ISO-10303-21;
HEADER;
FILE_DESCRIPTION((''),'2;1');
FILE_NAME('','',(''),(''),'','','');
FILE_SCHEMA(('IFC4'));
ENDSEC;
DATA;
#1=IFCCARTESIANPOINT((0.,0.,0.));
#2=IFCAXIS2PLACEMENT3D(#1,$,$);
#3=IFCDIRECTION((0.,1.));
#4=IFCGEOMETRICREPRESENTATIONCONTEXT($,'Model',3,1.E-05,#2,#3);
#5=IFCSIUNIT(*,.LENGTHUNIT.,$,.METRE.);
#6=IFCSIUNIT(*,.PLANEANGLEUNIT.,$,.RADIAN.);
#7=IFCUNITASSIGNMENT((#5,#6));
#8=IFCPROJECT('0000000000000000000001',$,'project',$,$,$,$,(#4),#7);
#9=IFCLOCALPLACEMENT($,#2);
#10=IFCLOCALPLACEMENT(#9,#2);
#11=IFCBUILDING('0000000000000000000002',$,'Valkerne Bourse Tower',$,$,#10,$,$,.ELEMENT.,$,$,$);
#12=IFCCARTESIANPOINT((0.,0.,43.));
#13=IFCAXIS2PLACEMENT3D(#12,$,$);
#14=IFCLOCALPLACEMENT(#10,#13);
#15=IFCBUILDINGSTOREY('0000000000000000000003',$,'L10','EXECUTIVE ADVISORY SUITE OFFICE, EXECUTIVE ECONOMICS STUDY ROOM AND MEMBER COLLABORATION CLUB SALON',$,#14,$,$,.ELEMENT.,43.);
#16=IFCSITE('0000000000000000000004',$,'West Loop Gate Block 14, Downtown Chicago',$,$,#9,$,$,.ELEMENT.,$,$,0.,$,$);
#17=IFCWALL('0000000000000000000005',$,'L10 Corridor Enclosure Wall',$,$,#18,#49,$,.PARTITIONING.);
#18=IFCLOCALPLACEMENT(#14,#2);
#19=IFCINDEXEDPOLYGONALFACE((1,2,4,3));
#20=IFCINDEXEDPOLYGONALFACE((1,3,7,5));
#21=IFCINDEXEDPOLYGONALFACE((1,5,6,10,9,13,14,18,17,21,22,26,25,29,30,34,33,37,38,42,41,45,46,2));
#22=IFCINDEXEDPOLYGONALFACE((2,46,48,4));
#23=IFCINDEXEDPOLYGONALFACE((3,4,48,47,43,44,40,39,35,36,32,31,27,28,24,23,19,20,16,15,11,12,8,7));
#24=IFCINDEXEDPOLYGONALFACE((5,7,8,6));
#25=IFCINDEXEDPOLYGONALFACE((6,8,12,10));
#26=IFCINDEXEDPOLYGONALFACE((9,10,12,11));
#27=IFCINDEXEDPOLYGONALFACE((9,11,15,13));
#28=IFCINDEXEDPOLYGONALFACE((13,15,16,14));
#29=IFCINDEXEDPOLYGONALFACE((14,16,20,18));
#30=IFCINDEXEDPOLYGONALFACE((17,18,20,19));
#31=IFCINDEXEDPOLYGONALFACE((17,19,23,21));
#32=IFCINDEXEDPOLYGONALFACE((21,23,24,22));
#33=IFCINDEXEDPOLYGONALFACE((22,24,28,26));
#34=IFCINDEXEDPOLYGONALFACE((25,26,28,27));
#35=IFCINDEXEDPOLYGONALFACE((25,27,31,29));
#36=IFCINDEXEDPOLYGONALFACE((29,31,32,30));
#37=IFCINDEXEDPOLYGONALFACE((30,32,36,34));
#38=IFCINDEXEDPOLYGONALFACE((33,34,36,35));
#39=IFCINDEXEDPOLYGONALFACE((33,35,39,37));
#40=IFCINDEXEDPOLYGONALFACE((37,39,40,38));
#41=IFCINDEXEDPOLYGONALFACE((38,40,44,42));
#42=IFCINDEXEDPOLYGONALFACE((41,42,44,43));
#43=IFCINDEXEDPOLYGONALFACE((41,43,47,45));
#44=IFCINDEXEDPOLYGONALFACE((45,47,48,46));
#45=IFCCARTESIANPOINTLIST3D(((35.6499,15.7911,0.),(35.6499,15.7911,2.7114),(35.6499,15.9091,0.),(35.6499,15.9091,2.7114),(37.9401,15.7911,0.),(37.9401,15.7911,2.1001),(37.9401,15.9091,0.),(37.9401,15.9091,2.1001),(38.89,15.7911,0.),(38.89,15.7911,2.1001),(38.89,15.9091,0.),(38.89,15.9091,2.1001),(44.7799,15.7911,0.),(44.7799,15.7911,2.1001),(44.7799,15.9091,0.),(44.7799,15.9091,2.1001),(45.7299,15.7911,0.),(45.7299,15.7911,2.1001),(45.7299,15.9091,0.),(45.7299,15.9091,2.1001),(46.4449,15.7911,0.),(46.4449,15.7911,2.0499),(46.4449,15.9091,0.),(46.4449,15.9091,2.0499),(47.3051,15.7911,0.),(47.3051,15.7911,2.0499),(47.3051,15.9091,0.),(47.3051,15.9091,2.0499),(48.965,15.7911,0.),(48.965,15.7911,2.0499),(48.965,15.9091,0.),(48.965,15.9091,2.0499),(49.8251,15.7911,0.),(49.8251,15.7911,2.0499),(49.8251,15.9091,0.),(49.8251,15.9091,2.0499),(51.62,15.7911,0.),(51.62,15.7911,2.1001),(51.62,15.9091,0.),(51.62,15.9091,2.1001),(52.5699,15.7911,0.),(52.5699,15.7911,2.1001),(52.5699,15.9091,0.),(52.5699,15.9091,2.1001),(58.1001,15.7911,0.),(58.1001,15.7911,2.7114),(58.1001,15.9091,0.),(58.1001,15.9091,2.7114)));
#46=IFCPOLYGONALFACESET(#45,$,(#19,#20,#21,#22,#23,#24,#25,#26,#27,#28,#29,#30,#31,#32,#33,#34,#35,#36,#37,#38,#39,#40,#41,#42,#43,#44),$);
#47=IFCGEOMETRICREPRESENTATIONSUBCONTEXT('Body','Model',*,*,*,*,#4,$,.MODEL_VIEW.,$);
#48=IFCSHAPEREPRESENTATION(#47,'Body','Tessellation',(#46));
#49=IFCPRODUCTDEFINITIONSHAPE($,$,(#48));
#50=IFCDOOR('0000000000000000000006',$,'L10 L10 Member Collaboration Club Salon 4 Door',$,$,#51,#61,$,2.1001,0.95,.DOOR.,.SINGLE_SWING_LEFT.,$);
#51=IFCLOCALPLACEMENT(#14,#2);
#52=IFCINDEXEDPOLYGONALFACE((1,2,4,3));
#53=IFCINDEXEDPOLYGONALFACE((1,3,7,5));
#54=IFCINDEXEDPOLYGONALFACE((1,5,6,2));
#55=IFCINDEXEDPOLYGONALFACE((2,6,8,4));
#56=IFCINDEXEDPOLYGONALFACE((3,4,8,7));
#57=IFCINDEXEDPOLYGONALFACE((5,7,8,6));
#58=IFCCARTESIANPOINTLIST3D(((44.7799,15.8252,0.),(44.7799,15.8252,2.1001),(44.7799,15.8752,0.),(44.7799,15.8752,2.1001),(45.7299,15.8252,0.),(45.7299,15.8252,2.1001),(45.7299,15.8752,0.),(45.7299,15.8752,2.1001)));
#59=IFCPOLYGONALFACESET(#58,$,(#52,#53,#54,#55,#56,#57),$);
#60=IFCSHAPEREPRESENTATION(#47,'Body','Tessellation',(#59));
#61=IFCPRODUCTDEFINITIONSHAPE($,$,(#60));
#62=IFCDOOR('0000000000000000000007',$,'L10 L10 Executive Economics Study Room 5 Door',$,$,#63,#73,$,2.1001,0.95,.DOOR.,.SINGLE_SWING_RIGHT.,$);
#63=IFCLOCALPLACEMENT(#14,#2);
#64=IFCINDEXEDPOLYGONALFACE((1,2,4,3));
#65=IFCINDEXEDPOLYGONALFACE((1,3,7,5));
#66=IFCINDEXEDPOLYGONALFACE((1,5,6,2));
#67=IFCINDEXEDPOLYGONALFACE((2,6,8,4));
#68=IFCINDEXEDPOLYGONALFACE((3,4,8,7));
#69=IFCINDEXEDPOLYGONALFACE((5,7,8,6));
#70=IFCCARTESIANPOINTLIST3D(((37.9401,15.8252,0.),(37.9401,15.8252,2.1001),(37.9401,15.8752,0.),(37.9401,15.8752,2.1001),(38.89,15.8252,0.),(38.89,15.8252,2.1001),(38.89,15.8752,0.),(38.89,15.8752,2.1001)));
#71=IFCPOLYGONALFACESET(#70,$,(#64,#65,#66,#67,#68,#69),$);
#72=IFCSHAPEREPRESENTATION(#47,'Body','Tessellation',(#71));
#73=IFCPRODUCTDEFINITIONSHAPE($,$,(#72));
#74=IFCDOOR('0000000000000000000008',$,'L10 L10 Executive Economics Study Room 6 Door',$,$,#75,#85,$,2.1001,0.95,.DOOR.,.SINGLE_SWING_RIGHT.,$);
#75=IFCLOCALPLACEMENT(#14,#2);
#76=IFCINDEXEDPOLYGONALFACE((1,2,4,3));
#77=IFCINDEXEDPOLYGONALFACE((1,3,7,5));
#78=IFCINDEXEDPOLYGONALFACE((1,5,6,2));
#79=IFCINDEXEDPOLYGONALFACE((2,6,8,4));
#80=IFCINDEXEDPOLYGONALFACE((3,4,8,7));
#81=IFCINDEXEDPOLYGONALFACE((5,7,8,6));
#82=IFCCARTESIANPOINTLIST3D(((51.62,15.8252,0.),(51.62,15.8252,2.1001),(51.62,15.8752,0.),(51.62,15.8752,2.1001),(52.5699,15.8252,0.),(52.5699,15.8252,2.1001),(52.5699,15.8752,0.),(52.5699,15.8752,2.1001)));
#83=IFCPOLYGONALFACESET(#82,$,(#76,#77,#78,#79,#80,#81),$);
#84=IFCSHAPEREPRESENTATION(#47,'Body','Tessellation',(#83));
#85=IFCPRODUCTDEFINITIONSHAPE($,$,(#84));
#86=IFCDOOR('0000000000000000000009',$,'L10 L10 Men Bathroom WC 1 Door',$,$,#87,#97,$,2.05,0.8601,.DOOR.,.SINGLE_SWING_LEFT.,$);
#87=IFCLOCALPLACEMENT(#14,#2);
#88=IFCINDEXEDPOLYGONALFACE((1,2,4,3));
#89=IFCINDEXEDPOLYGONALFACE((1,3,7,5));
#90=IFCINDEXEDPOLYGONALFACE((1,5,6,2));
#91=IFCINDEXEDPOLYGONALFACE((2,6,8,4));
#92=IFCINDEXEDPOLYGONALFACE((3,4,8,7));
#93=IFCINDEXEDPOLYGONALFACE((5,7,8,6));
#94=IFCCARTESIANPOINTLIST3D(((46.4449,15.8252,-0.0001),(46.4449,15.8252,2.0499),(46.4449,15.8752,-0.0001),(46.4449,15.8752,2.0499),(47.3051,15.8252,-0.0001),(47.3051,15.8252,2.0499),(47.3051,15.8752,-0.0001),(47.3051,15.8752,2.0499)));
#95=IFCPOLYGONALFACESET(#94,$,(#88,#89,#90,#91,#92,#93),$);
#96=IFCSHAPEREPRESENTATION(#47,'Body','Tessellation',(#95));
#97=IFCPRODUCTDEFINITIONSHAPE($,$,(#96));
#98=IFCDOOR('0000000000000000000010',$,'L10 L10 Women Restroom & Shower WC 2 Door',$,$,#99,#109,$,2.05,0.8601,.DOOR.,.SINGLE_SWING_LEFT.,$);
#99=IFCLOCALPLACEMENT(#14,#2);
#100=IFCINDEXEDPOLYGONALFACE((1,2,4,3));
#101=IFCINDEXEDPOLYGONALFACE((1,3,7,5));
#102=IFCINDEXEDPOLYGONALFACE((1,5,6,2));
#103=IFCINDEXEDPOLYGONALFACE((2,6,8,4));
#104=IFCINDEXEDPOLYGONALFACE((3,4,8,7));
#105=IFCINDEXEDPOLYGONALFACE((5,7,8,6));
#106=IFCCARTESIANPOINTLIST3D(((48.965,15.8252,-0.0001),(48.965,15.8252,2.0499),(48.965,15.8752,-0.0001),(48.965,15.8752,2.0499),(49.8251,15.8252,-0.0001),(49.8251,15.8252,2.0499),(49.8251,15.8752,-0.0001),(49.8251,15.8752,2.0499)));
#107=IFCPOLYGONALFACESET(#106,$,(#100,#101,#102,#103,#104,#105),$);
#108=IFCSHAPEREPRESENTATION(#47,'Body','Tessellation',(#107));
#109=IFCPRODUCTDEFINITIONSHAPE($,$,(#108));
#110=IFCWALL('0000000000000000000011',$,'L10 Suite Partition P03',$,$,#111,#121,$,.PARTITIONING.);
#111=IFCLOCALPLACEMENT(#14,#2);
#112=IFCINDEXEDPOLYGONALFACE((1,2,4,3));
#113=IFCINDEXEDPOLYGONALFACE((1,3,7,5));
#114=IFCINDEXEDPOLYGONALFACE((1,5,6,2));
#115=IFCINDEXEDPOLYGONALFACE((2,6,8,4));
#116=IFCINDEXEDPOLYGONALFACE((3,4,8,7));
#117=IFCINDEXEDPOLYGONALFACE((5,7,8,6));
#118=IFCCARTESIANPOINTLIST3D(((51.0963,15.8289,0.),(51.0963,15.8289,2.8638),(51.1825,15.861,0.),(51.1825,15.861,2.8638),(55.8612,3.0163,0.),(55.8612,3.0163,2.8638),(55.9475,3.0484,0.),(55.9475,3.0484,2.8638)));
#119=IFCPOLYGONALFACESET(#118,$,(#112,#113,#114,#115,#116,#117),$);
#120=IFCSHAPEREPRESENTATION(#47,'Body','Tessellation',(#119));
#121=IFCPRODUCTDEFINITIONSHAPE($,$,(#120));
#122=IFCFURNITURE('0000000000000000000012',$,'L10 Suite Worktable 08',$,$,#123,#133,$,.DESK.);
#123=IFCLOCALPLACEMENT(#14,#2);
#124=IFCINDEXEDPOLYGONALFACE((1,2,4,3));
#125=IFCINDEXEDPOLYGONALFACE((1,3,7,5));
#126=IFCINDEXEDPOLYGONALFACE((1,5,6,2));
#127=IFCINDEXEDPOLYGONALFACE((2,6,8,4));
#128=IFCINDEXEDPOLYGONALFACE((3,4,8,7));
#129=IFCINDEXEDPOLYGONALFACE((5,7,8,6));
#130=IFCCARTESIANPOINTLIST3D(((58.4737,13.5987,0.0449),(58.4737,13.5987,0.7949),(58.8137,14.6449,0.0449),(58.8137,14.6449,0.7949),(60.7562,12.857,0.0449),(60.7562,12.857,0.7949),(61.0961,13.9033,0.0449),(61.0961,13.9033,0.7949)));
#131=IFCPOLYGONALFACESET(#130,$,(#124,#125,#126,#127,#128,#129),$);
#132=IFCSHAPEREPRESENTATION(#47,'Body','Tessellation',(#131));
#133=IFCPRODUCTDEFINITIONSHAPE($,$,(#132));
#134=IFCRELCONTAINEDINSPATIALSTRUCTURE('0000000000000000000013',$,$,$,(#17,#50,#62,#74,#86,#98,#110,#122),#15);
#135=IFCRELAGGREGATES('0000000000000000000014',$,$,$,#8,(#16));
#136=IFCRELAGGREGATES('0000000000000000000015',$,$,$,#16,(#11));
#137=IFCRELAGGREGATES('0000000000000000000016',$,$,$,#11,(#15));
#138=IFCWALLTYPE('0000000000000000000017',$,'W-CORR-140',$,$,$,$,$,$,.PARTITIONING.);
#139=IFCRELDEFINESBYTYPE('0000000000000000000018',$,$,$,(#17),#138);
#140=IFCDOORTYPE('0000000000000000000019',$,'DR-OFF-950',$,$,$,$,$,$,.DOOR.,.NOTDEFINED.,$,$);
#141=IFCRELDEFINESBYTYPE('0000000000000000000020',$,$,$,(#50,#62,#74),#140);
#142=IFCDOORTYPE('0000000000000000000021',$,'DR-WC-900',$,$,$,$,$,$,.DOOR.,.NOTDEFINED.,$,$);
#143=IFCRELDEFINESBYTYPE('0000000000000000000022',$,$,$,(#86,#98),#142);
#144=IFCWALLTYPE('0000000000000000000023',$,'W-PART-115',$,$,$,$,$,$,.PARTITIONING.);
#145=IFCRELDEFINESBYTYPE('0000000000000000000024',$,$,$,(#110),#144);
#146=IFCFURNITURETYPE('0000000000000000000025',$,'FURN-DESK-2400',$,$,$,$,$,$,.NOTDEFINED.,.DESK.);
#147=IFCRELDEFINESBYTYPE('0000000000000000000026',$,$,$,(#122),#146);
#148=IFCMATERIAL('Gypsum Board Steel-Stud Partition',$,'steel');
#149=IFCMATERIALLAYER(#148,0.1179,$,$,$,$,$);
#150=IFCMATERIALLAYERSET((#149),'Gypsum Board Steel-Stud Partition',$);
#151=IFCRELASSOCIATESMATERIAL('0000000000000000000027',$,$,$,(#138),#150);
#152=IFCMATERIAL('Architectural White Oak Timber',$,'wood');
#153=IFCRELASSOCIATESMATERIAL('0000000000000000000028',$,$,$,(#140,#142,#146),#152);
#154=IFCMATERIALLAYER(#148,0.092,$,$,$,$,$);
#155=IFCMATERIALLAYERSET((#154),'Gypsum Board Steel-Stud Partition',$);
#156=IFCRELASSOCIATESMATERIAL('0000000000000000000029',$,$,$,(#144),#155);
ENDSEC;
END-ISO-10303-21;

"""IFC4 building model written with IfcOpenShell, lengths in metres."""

from ifc_helpers import new_model, si_unit, direction, frame, frame_2d, origin, origin_2d, place, context, subcontext, project, spatial, rectangle, extrude, material, layer, layer_set, type_object, element, fill, save


model = new_model("IFC4")

# Units and contexts
model_context = context("Model", 3, precision=1e-05, world=origin(), true_north=direction((0.0, 1.0)))
body_context = subcontext(model_context, "Body", "Model", "MODEL_VIEW")
ifc_project = project(units=[si_unit("LENGTHUNIT", "METRE"), si_unit("PLANEANGLEUNIT", "RADIAN")], contexts=[model_context])

# Site, building, storey
site_placement = place(None, origin())
site = spatial("IfcSite", under=ifc_project, at=site_placement, Name="West Loop Gate Block 14, Downtown Chicago", CompositionType="ELEMENT", RefElevation=0.0)
building_placement = place(site_placement, origin())
building = spatial("IfcBuilding", under=site, at=building_placement, Name="Valkerne Bourse Tower", CompositionType="ELEMENT")
storey_placement = place(building_placement, frame((0.0, 0.0, 43.0)))
storey = spatial("IfcBuildingStorey", under=building, at=storey_placement, Name="L10", Description="EXECUTIVE ADVISORY SUITE OFFICE, EXECUTIVE ECONOMICS STUDY ROOM AND MEMBER COLLABORATION CLUB SALON", CompositionType="ELEMENT", Elevation=43.0)

# Wall, openings, doors
ifc_material_1 = material(Name="Gypsum Board Steel-Stud Partition", Category="steel")
ifc_layer_1 = layer(ifc_material_1, 0.1179)
ifc_layer_set_1 = layer_set([ifc_layer_1], Name="Gypsum Board Steel-Stud Partition")
wall_type_1 = type_object("IfcWallType", Name="W-CORR-140", PredefinedType="PARTITIONING", material=ifc_layer_set_1)
wall_1_placement = place(storey_placement, frame((58.1001, 15.8501, 0.0), z_axis=(0.0, 0.0, 1.0), x_axis=(-1.0, 0.0, 0.0)))
wall_1 = element("IfcWall", 1, at=wall_1_placement, inside=storey, type_object=wall_type_1, Name="L10 Corridor Enclosure Wall", PredefinedType="PARTITIONING", context=body_context, shape_type="SweptSolid", body=[
    extrude(rectangle(XDim=22.4502, YDim=0.1179, at=frame_2d((11.2251, 0.0))), origin(), (0.0, 0.0, 1.0), 2.7114),
])
opening_1_placement = place(wall_1_placement, frame((10.7949, 0.0, 0.0)))
opening_1 = element("IfcOpeningElement", 2, at=opening_1_placement, cuts=wall_1, PredefinedType="OPENING", context=body_context, shape_type="SweptSolid", body=[
    extrude(rectangle(XDim=0.8601, YDim=2.05, at=frame_2d((0.4302, 1.0249))), frame((0.0, 0.0688, 0.0), z_axis=(0.0, -1.0, 0.0), x_axis=(1.0, 0.0, 0.0)), (0.0, 0.0, 1.0), 0.1379),
])
opening_2_placement = place(wall_1_placement, frame((8.2749, 0.0, 0.0)))
opening_2 = element("IfcOpeningElement", 3, at=opening_2_placement, cuts=wall_1, PredefinedType="OPENING", context=body_context, shape_type="SweptSolid", body=[
    extrude(rectangle(XDim=0.8601, YDim=2.05, at=frame_2d((0.4302, 1.0249))), frame((0.0, 0.0688, 0.0), z_axis=(0.0, -1.0, 0.0), x_axis=(1.0, 0.0, 0.0)), (0.0, 0.0, 1.0), 0.1379),
])
opening_3_placement = place(wall_1_placement, frame((12.3701, 0.0, 0.0)))
opening_3 = element("IfcOpeningElement", 4, at=opening_3_placement, cuts=wall_1, PredefinedType="OPENING", context=body_context, shape_type="SweptSolid", body=[
    extrude(rectangle(XDim=0.95, YDim=2.1001, at=frame_2d((0.4751, 1.05))), frame((0.0, 0.0688, 0.0), z_axis=(0.0, -1.0, 0.0), x_axis=(1.0, 0.0, 0.0)), (0.0, 0.0, 1.0), 0.1379),
])
opening_4_placement = place(wall_1_placement, frame((19.21, 0.0, 0.0)))
opening_4 = element("IfcOpeningElement", 5, at=opening_4_placement, cuts=wall_1, PredefinedType="OPENING", context=body_context, shape_type="SweptSolid", body=[
    extrude(rectangle(XDim=0.95, YDim=2.1001, at=frame_2d((0.4751, 1.05))), frame((0.0, 0.0688, 0.0), z_axis=(0.0, -1.0, 0.0), x_axis=(1.0, 0.0, 0.0)), (0.0, 0.0, 1.0), 0.1379),
])
opening_5_placement = place(wall_1_placement, frame((5.53, 0.0, 0.0)))
opening_5 = element("IfcOpeningElement", 6, at=opening_5_placement, cuts=wall_1, PredefinedType="OPENING", context=body_context, shape_type="SweptSolid", body=[
    extrude(rectangle(XDim=0.95, YDim=2.1001, at=frame_2d((0.4751, 1.05))), frame((0.0, 0.0688, 0.0), z_axis=(0.0, -1.0, 0.0), x_axis=(1.0, 0.0, 0.0)), (0.0, 0.0, 1.0), 0.1379),
])
ifc_material_2 = material(Name="Architectural White Oak Timber", Category="wood")
door_type_1 = type_object("IfcDoorType", Name="DR-OFF-950", OperationType="NOTDEFINED", PredefinedType="DOOR", material=ifc_material_2)
door_1_placement = place(opening_3_placement, origin())
door_1 = element("IfcDoor", 7, at=door_1_placement, inside=storey, type_object=door_type_1, Name="L10 L10 Member Collaboration Club Salon 4 Door", OperationType="SINGLE_SWING_LEFT", OverallHeight=2.1001, OverallWidth=0.95, PredefinedType="DOOR", context=body_context, shape_type="SweptSolid", body=[
    extrude(rectangle(XDim=0.95, YDim=2.1001, at=frame_2d((0.4751, 1.05))), frame((0.0, 0.0249, 0.0), z_axis=(0.0, -1.0, 0.0), x_axis=(1.0, 0.0, 0.0)), (0.0, 0.0, 1.0), 0.05),
])
fill(opening_3, door_1)
door_2_placement = place(opening_4_placement, origin())
door_2 = element("IfcDoor", 8, at=door_2_placement, inside=storey, type_object=door_type_1, Name="L10 L10 Executive Economics Study Room 5 Door", OperationType="SINGLE_SWING_RIGHT", OverallHeight=2.1001, OverallWidth=0.95, PredefinedType="DOOR", context=body_context, shape_type="SweptSolid", body=[
    extrude(rectangle(XDim=0.95, YDim=2.1001, at=frame_2d((0.4751, 1.05))), frame((0.0, 0.0249, 0.0), z_axis=(0.0, -1.0, 0.0), x_axis=(1.0, 0.0, 0.0)), (0.0, 0.0, 1.0), 0.05),
])
fill(opening_4, door_2)
door_3_placement = place(opening_5_placement, origin())
door_3 = element("IfcDoor", 9, at=door_3_placement, inside=storey, type_object=door_type_1, Name="L10 L10 Executive Economics Study Room 6 Door", OperationType="SINGLE_SWING_RIGHT", OverallHeight=2.1001, OverallWidth=0.95, PredefinedType="DOOR", context=body_context, shape_type="SweptSolid", body=[
    extrude(rectangle(XDim=0.95, YDim=2.1001, at=frame_2d((0.4751, 1.05))), frame((0.0, 0.0249, 0.0), z_axis=(0.0, -1.0, 0.0), x_axis=(1.0, 0.0, 0.0)), (0.0, 0.0, 1.0), 0.05),
])
fill(opening_5, door_3)
door_type_2 = type_object("IfcDoorType", Name="DR-WC-900", OperationType="NOTDEFINED", PredefinedType="DOOR", material=ifc_material_2)
door_4_placement = place(opening_1_placement, origin())
door_4 = element("IfcDoor", 10, at=door_4_placement, inside=storey, type_object=door_type_2, Name="L10 L10 Men Bathroom WC 1 Door", OperationType="SINGLE_SWING_LEFT", OverallHeight=2.05, OverallWidth=0.8601, PredefinedType="DOOR", context=body_context, shape_type="SweptSolid", body=[
    extrude(rectangle(XDim=0.8601, YDim=2.05, at=frame_2d((0.4302, 1.0249))), frame((0.0, 0.0249, 0.0), z_axis=(0.0, -1.0, 0.0), x_axis=(1.0, 0.0, 0.0)), (0.0, 0.0, 1.0), 0.05),
])
fill(opening_1, door_4)
door_5_placement = place(opening_2_placement, origin())
door_5 = element("IfcDoor", 11, at=door_5_placement, inside=storey, type_object=door_type_2, Name="L10 L10 Women Restroom & Shower WC 2 Door", OperationType="SINGLE_SWING_LEFT", OverallHeight=2.05, OverallWidth=0.8601, PredefinedType="DOOR", context=body_context, shape_type="SweptSolid", body=[
    extrude(rectangle(XDim=0.8601, YDim=2.05, at=frame_2d((0.4302, 1.0249))), frame((0.0, 0.0249, 0.0), z_axis=(0.0, -1.0, 0.0), x_axis=(1.0, 0.0, 0.0)), (0.0, 0.0, 1.0), 0.05),
])
fill(opening_2, door_5)

# Wall
ifc_layer_2 = layer(ifc_material_1, 0.092)
ifc_layer_set_2 = layer_set([ifc_layer_2], Name="Gypsum Board Steel-Stud Partition")
wall_type_2 = type_object("IfcWallType", Name="W-PART-115", PredefinedType="PARTITIONING", material=ifc_layer_set_2)
wall_2_placement = place(storey_placement, frame((51.1394, 15.845, 0.0), z_axis=(0.0, 0.0, 1.0), x_axis=(0.34857, -0.937283, 0.0)))
element("IfcWall", 12, at=wall_2_placement, inside=storey, type_object=wall_type_2, Name="L10 Suite Partition P03", PredefinedType="PARTITIONING", context=body_context, shape_type="SweptSolid", body=[
    extrude(rectangle(XDim=13.6699, YDim=0.092, at=frame_2d((6.835, 0.0))), origin(), (0.0, 0.0, 1.0), 2.8638),
])

# Furniture
furniture_type = type_object("IfcFurnitureType", Name="FURN-DESK-2400", AssemblyPlace="NOTDEFINED", PredefinedType="DESK", material=ifc_material_2)
furniture_placement = place(storey_placement, frame((59.7849, 13.751, 0.0449), z_axis=(0.0, 0.0, 1.0), x_axis=(-0.951057, 0.309017, 0.0)))
element("IfcFurniture", 13, at=furniture_placement, inside=storey, type_object=furniture_type, Name="L10 Suite Worktable 08", PredefinedType="DESK", context=body_context, shape_type="SweptSolid", body=[
    extrude(rectangle(XDim=2.3999, YDim=1.1001, at=origin_2d()), origin(), (0.0, 0.0, 1.0), 0.75),
])

save(model, "model.ifc")
